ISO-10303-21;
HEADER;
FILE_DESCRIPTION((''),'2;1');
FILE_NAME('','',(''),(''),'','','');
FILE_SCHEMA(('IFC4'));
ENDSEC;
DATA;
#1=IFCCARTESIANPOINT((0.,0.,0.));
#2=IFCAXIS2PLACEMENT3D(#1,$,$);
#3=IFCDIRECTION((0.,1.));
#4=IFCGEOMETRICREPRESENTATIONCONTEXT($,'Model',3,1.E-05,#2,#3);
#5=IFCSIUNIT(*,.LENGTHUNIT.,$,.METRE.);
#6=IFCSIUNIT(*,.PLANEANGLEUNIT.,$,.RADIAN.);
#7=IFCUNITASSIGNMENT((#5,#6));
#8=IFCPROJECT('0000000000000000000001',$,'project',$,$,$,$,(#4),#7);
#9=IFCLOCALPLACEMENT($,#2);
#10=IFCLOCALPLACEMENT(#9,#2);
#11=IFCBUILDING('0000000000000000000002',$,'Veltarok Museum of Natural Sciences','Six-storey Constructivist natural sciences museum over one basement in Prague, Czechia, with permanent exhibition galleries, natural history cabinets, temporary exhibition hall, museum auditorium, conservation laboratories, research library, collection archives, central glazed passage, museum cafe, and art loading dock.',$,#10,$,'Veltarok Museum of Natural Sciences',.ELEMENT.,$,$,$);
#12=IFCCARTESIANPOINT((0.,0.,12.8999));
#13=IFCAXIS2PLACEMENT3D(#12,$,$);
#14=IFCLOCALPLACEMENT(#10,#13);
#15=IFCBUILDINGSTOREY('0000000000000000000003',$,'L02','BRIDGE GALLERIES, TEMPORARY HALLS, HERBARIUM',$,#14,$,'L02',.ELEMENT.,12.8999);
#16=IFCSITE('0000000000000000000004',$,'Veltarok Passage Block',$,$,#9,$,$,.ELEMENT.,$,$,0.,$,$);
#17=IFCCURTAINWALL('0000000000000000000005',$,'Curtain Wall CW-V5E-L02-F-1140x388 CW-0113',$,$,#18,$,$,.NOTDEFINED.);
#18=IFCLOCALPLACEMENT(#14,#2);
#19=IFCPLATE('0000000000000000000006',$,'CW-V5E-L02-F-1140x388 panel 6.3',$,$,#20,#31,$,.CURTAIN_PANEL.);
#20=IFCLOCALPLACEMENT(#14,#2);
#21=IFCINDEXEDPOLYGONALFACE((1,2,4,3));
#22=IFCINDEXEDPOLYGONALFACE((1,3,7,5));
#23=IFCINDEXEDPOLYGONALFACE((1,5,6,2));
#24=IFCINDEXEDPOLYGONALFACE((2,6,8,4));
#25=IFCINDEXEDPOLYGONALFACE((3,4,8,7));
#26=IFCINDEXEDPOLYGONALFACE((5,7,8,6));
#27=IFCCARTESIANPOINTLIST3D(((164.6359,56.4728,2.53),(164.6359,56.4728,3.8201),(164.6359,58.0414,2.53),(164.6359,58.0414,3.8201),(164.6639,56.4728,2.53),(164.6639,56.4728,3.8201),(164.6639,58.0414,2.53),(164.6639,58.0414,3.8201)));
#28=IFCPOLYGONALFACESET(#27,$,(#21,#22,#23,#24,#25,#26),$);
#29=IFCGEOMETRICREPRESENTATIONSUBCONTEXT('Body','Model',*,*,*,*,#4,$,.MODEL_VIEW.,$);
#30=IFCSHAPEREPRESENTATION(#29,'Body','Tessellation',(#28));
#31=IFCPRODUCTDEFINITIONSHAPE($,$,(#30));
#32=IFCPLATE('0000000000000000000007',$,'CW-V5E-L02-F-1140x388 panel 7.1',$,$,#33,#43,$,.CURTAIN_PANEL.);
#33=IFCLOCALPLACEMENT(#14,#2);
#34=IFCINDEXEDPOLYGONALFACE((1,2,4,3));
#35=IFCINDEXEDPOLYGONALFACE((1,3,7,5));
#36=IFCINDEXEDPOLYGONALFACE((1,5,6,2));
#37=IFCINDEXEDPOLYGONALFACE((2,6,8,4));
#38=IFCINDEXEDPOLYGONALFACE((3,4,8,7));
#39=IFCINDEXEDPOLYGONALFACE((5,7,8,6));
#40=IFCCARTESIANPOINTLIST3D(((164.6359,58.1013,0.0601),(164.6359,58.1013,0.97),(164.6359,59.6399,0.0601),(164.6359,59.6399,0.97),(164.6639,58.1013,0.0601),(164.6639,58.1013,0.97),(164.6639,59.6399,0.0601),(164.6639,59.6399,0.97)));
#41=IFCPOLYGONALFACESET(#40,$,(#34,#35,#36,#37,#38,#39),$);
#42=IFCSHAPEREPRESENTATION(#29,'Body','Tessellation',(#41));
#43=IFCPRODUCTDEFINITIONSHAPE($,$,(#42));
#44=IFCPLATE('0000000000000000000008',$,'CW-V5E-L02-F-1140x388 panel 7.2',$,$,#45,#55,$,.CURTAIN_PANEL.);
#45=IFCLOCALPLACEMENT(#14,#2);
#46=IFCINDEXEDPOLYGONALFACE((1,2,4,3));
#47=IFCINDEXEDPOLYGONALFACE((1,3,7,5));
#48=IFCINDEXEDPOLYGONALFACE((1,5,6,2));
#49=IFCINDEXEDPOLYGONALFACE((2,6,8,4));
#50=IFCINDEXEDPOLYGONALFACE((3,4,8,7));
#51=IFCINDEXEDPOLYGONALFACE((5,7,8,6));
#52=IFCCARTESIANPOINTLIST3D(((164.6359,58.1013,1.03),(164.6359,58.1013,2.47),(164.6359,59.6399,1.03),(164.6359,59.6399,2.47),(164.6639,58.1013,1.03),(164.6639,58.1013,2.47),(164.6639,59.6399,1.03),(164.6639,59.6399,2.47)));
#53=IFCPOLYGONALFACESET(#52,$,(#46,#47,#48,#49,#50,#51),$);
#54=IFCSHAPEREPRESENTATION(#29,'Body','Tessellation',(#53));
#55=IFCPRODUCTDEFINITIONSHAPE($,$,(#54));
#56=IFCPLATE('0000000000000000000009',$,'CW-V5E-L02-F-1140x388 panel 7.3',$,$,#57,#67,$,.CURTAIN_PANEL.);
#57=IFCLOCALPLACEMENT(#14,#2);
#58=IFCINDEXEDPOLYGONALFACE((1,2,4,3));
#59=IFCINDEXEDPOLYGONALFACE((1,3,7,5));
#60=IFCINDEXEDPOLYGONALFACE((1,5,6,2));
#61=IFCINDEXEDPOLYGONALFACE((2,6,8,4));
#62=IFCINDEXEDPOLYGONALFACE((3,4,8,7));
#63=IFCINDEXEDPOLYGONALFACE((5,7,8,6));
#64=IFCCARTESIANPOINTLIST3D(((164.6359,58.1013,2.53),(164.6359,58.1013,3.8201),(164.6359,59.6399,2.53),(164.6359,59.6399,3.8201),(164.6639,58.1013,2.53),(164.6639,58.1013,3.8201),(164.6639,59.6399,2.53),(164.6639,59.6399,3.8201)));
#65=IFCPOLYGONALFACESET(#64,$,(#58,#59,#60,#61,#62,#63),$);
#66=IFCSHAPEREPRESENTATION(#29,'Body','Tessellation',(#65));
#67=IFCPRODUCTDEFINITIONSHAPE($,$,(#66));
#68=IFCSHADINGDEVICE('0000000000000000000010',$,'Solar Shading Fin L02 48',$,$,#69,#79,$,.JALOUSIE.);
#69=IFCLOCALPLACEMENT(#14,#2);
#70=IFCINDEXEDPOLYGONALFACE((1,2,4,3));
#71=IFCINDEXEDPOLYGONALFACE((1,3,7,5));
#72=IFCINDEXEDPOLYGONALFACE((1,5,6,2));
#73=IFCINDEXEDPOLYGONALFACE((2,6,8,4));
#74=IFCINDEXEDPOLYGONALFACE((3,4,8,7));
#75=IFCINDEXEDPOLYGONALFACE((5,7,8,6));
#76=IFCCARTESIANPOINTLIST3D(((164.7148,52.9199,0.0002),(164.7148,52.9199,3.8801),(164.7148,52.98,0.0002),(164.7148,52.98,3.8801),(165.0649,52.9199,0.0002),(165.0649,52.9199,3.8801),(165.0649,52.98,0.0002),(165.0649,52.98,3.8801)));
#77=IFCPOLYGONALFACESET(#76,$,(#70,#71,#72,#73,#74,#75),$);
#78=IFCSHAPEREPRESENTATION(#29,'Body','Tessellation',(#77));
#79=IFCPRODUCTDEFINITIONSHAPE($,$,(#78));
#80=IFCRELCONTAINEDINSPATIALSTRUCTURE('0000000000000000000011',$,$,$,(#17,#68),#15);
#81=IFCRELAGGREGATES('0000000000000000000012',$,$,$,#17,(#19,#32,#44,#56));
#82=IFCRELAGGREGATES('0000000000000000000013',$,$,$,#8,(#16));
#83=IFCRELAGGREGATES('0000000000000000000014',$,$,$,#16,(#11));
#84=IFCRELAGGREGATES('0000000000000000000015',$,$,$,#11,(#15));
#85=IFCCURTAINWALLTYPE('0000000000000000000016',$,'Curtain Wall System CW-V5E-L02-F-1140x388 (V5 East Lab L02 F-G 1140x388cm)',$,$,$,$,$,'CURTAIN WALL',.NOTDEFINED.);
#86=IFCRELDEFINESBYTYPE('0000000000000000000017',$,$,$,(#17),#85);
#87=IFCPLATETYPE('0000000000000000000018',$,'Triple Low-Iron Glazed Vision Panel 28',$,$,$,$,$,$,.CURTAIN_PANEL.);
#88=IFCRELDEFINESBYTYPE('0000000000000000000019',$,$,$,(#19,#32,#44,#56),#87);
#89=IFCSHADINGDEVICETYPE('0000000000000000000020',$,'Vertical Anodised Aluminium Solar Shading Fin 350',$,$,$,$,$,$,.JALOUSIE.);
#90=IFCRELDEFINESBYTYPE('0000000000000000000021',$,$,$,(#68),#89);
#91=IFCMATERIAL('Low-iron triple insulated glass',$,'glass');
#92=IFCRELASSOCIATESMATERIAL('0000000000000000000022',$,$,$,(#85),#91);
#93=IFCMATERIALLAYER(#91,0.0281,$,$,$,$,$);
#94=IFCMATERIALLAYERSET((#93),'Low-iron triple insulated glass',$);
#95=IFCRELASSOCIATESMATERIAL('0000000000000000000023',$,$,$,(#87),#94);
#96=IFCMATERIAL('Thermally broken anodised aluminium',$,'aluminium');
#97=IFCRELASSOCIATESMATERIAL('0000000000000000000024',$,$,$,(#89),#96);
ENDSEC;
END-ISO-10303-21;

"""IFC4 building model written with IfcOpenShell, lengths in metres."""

from ifc_helpers import new_model, si_unit, direction, frame, origin, origin_2d, place, context, subcontext, project, spatial, rectangle, extrude, material, layer, layer_set, type_object, element, aggregate, save


model = new_model("IFC4")

# Units and contexts
model_context = context("Model", 3, precision=1e-05, world=origin(), true_north=direction((0.0, 1.0)))
body_context = subcontext(model_context, "Body", "Model", "MODEL_VIEW")
ifc_project = project(units=[si_unit("LENGTHUNIT", "METRE"), si_unit("PLANEANGLEUNIT", "RADIAN")], contexts=[model_context])

# Site, building, storey
site_placement = place(None, origin())
site = spatial("IfcSite", under=ifc_project, at=site_placement, Name="Veltarok Passage Block", CompositionType="ELEMENT", RefElevation=0.0)
building_placement = place(site_placement, origin())
building = spatial("IfcBuilding", under=site, at=building_placement, Name="Veltarok Museum of Natural Sciences", Description="Six-storey Constructivist natural sciences museum over one basement in Prague, Czechia, with permanent exhibition galleries, natural history cabinets, temporary exhibition hall, museum auditorium, conservation laboratories, research library, collection archives, central glazed passage, museum cafe, and art loading dock.", LongName="Veltarok Museum of Natural Sciences", CompositionType="ELEMENT")
storey_placement = place(building_placement, frame((0.0, 0.0, 12.8999)))
storey = spatial("IfcBuildingStorey", under=building, at=storey_placement, Name="L02", Description="BRIDGE GALLERIES, TEMPORARY HALLS, HERBARIUM", LongName="L02", CompositionType="ELEMENT", Elevation=12.8999)

# Curtain wall
ifc_material_1 = material(Name="Low-iron triple insulated glass", Category="glass")
curtain_wall_type_1 = type_object("IfcCurtainWallType", Name="Curtain Wall System CW-V5E-L02-F-1140x388 (V5 East Lab L02 F-G 1140x388cm)", ElementType="CURTAIN WALL", PredefinedType="NOTDEFINED", material=ifc_material_1)
curtain_wall_1_placement = place(storey_placement, origin())
curtain_wall_1 = element("IfcCurtainWall", 1, at=curtain_wall_1_placement, inside=storey, type_object=curtain_wall_type_1, Name="Curtain Wall CW-V5E-L02-F-1140x388 CW-0113", PredefinedType="NOTDEFINED")
ifc_material_2 = material(Name="Thermally broken anodised aluminium", Category="aluminium")

# Plates
ifc_layer = layer(ifc_material_1, 0.0281)
ifc_layer_set = layer_set([ifc_layer], Name="Low-iron triple insulated glass")
plate_type = type_object("IfcPlateType", Name="Triple Low-Iron Glazed Vision Panel 28", PredefinedType="CURTAIN_PANEL", material=ifc_layer_set)
plate_1_placement = place(storey_placement, frame((164.6499, 57.2571, 2.53), z_axis=(0.0, 0.0, 1.0), x_axis=(0.0, 1.0, 0.0)))
plate_1 = element("IfcPlate", 2, at=plate_1_placement, type_object=plate_type, Name="CW-V5E-L02-F-1140x388 panel 6.3", PredefinedType="CURTAIN_PANEL", context=body_context, shape_type="SweptSolid", body=[
    extrude(rectangle(XDim=1.5686, YDim=0.0281, at=origin_2d()), origin(), (0.0, 0.0, 1.0), 1.29),
])
plate_2_placement = place(storey_placement, frame((164.6499, 58.8706, 0.0601), z_axis=(0.0, 0.0, 1.0), x_axis=(0.0, 1.0, 0.0)))
plate_2 = element("IfcPlate", 3, at=plate_2_placement, type_object=plate_type, Name="CW-V5E-L02-F-1140x388 panel 7.1", PredefinedType="CURTAIN_PANEL", context=body_context, shape_type="SweptSolid", body=[
    extrude(rectangle(XDim=1.5386, YDim=0.0281, at=origin_2d()), origin(), (0.0, 0.0, 1.0), 0.9099),
])
plate_3_placement = place(storey_placement, frame((164.6499, 58.8706, 1.03), z_axis=(0.0, 0.0, 1.0), x_axis=(0.0, 1.0, 0.0)))
plate_3 = element("IfcPlate", 4, at=plate_3_placement, type_object=plate_type, Name="CW-V5E-L02-F-1140x388 panel 7.2", PredefinedType="CURTAIN_PANEL", context=body_context, shape_type="SweptSolid", body=[
    extrude(rectangle(XDim=1.5386, YDim=0.0281, at=origin_2d()), origin(), (0.0, 0.0, 1.0), 1.4399),
])
plate_4_placement = place(storey_placement, frame((164.6499, 58.8706, 2.53), z_axis=(0.0, 0.0, 1.0), x_axis=(0.0, 1.0, 0.0)))
plate_4 = element("IfcPlate", 5, at=plate_4_placement, type_object=plate_type, Name="CW-V5E-L02-F-1140x388 panel 7.3", PredefinedType="CURTAIN_PANEL", context=body_context, shape_type="SweptSolid", body=[
    extrude(rectangle(XDim=1.5386, YDim=0.0281, at=origin_2d()), origin(), (0.0, 0.0, 1.0), 1.29),
])
aggregate(curtain_wall_1, [plate_1, plate_2, plate_3, plate_4])

# Shading device
shading_device_type = type_object("IfcShadingDeviceType", Name="Vertical Anodised Aluminium Solar Shading Fin 350", PredefinedType="JALOUSIE", material=ifc_material_2)
shading_device_placement = place(storey_placement, frame((164.8899, 52.95, 0.0002), z_axis=(0.0, 0.0, 1.0), x_axis=(1.0, 0.0, 0.0)))
element("IfcShadingDevice", 6, at=shading_device_placement, inside=storey, type_object=shading_device_type, Name="Solar Shading Fin L02 48", PredefinedType="JALOUSIE", context=body_context, shape_type="SweptSolid", body=[
    extrude(rectangle(XDim=0.3501, YDim=0.0601, at=origin_2d()), origin(), (0.0, 0.0, 1.0), 3.8799),
])

save(model, "model.ifc")
